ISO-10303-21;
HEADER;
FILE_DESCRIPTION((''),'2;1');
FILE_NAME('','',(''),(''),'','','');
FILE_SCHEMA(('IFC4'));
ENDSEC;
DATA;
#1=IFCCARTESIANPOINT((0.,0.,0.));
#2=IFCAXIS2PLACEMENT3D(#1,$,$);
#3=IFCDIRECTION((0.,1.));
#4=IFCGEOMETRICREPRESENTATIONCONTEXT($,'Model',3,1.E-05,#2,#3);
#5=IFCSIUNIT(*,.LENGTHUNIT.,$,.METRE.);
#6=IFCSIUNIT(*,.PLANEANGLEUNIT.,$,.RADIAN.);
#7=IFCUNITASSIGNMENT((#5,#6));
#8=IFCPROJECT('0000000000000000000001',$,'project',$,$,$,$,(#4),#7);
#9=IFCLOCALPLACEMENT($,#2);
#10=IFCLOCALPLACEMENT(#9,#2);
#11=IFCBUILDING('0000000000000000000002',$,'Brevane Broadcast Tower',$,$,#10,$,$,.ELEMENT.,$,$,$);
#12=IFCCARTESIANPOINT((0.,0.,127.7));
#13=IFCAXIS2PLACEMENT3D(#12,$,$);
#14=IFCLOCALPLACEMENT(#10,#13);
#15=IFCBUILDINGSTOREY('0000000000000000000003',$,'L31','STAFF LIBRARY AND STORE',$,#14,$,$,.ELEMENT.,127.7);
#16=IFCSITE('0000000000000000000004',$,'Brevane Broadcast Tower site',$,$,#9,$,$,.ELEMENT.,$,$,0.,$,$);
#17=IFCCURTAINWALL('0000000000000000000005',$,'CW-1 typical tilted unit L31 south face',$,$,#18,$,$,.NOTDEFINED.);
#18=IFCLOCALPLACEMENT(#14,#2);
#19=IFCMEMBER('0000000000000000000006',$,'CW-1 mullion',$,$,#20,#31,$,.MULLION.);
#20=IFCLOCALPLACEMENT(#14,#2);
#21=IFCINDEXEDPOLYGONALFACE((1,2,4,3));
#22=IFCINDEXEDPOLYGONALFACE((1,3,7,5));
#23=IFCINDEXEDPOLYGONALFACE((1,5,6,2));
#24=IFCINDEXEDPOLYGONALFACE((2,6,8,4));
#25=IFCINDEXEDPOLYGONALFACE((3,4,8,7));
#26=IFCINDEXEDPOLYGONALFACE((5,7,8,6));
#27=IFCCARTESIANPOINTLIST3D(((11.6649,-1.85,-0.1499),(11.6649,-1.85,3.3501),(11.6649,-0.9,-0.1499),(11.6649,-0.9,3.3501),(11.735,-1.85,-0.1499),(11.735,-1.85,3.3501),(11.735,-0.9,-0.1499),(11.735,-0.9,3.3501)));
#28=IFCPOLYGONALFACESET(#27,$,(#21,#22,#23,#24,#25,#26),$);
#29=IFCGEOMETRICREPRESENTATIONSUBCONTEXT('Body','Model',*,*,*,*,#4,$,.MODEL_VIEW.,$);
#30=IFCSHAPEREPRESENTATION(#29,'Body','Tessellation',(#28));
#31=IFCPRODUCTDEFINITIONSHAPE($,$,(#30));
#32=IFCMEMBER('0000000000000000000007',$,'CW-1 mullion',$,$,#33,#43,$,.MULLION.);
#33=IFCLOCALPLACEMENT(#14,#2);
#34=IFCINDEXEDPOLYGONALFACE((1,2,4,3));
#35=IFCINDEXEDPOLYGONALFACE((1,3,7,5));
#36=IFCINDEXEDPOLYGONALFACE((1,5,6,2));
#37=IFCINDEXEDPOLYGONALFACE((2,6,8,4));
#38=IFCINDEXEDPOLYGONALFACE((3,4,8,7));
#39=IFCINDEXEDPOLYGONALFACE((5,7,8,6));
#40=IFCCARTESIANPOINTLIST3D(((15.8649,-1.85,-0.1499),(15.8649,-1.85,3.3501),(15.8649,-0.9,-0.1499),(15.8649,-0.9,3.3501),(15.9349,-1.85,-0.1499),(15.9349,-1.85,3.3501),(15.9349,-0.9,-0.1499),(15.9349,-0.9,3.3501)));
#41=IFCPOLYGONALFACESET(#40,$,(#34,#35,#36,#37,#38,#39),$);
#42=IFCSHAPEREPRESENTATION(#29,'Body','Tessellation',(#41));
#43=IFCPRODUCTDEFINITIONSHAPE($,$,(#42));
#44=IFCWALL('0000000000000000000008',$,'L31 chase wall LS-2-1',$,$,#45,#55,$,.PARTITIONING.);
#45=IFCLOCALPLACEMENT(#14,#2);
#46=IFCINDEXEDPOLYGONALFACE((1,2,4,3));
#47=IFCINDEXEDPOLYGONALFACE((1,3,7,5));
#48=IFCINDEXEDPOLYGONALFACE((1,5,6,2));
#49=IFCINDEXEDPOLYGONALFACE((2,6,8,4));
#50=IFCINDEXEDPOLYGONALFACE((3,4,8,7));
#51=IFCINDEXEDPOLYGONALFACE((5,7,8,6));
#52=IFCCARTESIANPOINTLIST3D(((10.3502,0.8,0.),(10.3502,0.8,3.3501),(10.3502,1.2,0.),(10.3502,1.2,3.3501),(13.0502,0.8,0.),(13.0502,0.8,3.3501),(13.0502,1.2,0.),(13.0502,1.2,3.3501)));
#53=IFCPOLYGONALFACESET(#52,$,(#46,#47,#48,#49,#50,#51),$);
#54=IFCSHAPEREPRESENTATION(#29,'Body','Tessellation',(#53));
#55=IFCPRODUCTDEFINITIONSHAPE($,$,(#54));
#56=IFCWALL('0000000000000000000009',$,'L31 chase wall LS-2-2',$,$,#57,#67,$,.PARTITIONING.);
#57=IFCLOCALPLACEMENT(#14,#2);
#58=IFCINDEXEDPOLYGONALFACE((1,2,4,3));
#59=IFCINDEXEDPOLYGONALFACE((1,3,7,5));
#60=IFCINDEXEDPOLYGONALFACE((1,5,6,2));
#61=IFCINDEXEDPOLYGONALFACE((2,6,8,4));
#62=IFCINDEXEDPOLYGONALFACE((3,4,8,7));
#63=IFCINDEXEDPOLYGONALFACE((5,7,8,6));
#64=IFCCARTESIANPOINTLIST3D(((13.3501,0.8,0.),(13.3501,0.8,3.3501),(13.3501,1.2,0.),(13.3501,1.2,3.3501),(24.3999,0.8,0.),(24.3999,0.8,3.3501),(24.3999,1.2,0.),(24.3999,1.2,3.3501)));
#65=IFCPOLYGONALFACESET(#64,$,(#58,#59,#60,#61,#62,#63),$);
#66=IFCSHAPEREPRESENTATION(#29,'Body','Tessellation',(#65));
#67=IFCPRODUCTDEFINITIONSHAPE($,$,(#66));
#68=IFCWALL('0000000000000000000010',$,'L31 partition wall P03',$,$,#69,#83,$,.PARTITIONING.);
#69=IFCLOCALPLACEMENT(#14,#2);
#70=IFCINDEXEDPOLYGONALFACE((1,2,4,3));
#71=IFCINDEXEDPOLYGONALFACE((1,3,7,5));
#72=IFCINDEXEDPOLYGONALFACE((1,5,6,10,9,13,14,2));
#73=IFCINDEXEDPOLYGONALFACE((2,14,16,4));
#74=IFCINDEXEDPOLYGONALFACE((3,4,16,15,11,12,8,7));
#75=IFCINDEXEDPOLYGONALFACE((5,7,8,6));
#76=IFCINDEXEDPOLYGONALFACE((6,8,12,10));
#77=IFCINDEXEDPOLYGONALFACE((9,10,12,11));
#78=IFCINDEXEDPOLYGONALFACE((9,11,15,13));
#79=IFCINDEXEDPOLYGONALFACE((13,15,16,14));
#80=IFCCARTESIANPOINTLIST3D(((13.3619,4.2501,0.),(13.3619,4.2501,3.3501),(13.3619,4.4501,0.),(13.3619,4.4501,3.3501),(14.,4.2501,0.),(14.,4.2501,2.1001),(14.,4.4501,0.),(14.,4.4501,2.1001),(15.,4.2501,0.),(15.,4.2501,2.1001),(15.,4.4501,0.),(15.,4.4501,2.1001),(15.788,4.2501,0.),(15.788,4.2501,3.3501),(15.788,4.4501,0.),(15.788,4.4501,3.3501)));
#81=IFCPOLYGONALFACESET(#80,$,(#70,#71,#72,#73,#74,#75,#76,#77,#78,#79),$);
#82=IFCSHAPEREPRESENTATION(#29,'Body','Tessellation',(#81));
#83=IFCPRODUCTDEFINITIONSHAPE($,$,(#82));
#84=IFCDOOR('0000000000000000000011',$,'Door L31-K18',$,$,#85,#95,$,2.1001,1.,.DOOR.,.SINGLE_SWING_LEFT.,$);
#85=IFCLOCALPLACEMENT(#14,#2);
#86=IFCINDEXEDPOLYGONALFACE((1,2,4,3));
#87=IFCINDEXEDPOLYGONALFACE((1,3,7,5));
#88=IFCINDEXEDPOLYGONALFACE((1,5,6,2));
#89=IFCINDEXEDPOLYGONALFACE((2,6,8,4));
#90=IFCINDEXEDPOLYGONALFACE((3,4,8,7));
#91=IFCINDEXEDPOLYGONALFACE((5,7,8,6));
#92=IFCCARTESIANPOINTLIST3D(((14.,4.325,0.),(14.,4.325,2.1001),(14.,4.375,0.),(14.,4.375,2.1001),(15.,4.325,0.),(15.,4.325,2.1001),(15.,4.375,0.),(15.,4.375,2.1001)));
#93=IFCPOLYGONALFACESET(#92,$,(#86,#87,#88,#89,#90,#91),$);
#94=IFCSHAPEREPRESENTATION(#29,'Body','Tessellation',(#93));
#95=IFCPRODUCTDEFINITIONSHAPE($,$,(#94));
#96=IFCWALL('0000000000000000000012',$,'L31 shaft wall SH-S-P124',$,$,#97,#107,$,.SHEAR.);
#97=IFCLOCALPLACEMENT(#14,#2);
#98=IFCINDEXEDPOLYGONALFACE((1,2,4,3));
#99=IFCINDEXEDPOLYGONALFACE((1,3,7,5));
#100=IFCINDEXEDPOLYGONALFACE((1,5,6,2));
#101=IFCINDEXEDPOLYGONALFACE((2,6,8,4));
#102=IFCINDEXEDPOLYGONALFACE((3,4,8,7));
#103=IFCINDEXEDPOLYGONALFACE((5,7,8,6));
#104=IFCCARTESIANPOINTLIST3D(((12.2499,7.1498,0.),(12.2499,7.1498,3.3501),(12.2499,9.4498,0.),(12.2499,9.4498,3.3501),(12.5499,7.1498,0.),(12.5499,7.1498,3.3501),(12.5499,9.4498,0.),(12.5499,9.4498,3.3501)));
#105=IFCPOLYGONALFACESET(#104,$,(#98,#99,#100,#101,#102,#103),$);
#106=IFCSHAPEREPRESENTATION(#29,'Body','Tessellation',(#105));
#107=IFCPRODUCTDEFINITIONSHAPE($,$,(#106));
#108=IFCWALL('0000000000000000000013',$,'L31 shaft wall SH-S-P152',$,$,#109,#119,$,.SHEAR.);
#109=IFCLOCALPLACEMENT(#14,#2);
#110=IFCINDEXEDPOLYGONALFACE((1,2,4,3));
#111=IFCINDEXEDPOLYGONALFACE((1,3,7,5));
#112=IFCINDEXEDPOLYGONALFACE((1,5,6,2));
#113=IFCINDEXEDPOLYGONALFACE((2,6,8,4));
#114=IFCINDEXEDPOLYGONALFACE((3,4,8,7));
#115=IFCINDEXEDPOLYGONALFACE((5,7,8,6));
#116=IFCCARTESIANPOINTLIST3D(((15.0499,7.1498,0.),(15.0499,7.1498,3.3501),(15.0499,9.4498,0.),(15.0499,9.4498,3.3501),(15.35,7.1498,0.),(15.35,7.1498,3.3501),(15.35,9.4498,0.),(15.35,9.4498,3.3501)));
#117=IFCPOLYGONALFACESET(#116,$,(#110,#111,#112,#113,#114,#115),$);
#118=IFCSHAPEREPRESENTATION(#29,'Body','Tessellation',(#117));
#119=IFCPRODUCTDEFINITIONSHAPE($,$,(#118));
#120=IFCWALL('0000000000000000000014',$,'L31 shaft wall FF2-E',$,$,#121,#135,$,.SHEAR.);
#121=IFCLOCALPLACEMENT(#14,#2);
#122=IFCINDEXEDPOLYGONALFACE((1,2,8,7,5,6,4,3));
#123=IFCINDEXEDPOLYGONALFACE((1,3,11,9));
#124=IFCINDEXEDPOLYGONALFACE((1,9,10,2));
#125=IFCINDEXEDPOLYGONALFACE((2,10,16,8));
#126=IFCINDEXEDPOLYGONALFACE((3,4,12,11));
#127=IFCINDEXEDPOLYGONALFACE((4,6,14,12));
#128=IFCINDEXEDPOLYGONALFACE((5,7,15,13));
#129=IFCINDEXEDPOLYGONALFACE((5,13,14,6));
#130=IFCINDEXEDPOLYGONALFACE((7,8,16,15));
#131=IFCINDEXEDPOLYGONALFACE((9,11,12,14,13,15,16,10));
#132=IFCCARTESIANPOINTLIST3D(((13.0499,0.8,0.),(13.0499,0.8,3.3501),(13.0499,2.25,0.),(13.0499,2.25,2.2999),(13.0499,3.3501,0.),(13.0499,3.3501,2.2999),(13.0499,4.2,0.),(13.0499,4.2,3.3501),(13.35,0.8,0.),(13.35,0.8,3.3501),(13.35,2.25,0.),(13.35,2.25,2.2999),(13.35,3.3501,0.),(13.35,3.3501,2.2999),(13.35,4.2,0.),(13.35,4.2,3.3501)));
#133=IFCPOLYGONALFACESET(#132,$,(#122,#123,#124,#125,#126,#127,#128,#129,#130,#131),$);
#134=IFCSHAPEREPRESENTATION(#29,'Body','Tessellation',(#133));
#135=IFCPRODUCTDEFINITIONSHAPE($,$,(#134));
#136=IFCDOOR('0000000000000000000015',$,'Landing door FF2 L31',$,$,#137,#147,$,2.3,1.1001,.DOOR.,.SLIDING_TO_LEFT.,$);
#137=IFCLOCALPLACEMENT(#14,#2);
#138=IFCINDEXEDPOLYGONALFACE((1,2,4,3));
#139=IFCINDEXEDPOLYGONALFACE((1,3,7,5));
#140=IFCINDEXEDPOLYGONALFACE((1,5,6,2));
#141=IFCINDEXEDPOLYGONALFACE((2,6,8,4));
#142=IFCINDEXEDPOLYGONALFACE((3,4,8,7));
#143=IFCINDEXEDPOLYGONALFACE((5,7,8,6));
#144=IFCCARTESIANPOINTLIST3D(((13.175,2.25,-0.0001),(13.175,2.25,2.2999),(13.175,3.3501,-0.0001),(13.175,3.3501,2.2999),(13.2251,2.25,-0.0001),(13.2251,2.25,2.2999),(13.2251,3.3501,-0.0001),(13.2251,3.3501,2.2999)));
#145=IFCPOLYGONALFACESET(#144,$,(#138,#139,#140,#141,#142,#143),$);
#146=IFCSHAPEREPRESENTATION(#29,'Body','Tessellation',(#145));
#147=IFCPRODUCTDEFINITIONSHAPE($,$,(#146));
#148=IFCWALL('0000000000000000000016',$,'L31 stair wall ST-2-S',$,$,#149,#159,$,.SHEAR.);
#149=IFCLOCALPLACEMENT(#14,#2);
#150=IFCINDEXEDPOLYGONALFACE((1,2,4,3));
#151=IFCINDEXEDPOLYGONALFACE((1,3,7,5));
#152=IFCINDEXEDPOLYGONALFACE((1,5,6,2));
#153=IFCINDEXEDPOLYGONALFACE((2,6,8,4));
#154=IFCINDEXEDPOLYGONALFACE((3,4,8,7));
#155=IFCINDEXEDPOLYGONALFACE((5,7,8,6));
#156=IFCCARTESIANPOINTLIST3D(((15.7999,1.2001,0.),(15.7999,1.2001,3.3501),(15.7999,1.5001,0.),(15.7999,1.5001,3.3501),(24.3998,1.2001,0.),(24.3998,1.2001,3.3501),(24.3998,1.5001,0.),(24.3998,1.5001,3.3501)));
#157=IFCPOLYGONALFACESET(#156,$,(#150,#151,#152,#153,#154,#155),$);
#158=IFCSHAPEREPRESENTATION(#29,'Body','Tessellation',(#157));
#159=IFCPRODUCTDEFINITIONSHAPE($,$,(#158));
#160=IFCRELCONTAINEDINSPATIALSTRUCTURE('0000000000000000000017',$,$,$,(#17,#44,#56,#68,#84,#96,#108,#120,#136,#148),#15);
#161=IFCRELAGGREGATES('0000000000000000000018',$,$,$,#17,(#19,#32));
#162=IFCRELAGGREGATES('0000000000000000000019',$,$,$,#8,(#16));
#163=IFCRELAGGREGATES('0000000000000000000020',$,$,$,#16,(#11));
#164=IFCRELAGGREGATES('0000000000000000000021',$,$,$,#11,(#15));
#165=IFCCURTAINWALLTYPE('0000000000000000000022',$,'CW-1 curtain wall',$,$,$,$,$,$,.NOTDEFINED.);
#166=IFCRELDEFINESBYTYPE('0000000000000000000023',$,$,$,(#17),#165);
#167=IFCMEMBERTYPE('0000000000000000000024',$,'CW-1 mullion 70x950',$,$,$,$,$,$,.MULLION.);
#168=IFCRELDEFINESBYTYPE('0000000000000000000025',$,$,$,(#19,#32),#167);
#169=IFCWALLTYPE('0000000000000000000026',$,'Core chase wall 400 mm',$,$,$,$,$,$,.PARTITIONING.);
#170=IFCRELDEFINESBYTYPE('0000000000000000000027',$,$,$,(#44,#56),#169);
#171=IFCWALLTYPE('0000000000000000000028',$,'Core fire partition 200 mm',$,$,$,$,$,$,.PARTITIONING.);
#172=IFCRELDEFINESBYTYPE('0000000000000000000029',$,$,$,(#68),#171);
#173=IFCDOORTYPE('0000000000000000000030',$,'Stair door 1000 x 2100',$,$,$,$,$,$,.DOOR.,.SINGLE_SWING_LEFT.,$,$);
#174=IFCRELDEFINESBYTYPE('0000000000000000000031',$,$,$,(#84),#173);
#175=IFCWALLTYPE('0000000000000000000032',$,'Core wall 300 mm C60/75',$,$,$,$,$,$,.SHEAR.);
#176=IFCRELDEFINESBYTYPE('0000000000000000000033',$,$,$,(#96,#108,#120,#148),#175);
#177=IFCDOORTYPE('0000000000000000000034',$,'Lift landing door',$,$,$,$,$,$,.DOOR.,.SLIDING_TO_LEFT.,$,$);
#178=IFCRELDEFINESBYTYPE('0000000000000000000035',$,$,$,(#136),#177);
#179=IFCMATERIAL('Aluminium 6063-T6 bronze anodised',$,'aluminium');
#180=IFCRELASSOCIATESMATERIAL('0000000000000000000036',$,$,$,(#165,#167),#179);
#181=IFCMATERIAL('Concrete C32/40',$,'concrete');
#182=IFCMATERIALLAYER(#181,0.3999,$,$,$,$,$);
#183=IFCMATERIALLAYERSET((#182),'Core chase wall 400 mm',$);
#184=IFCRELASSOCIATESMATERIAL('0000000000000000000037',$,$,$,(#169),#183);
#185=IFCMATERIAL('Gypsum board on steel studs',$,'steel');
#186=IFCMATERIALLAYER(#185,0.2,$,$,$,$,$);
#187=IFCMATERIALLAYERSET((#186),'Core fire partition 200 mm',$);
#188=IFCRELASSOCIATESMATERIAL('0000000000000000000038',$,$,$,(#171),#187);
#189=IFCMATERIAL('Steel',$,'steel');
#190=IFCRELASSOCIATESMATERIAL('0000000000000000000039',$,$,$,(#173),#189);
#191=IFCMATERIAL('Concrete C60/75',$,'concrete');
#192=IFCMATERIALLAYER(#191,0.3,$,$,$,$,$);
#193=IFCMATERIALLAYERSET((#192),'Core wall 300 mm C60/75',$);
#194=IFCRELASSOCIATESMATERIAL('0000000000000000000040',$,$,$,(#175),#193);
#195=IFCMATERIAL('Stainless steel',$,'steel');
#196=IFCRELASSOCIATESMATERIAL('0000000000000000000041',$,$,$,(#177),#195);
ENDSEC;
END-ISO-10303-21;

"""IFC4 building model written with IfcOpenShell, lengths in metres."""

from ifc_helpers import new_model, si_unit, direction, frame, frame_2d, origin, origin_2d, place, context, subcontext, project, spatial, rectangle, extrude, material, layer, layer_set, material_profile, profile_set, type_object, element, fill, aggregate, save


model = new_model("IFC4")

# Units and contexts
model_context = context("Model", 3, precision=1e-05, world=origin(), true_north=direction((0.0, 1.0)))
body_context = subcontext(model_context, "Body", "Model", "MODEL_VIEW")
ifc_project = project(units=[si_unit("LENGTHUNIT", "METRE"), si_unit("PLANEANGLEUNIT", "RADIAN")], contexts=[model_context])

# Site, building, storey
site_placement = place(None, origin())
site = spatial("IfcSite", under=ifc_project, at=site_placement, Name="Brevane Broadcast Tower site", CompositionType="ELEMENT", RefElevation=0.0)
building_placement = place(site_placement, origin())
building = spatial("IfcBuilding", under=site, at=building_placement, Name="Brevane Broadcast Tower", CompositionType="ELEMENT")
storey_placement = place(building_placement, frame((0.0, 0.0, 127.7)))
storey = spatial("IfcBuildingStorey", under=building, at=storey_placement, Name="L31", Description="STAFF LIBRARY AND STORE", CompositionType="ELEMENT", Elevation=127.7)

# Curtain wall, members
ifc_material_1 = material(Name="Aluminium 6063-T6 bronze anodised", Category="aluminium")
curtain_wall_type = type_object("IfcCurtainWallType", Name="CW-1 curtain wall", PredefinedType="NOTDEFINED", material=ifc_material_1)
curtain_wall_placement = place(storey_placement, origin())
curtain_wall = element("IfcCurtainWall", 1, at=curtain_wall_placement, inside=storey, type_object=curtain_wall_type, Name="CW-1 typical tilted unit L31 south face", PredefinedType="NOTDEFINED")
ifc_material_profile = material_profile(ifc_material_1, rectangle(XDim=0.95, YDim=0.0701, at=origin_2d()), Name="RECT 70x950")
ifc_profile_set = profile_set([ifc_material_profile], Name="Aluminium 6063-T6 bronze anodised")
member_type = type_object("IfcMemberType", Name="CW-1 mullion 70x950", PredefinedType="MULLION", material=ifc_profile_set)
member_1_placement = place(storey_placement, frame((11.7, -1.375, -0.1499), z_axis=(0.0, 0.0, 1.0), x_axis=(0.0, 1.0, 0.0)))
member_1 = element("IfcMember", 2, at=member_1_placement, type_object=member_type, Name="CW-1 mullion", PredefinedType="MULLION", context=body_context, shape_type="SweptSolid", body=[
    extrude(rectangle(XDim=0.95, YDim=0.0701, at=origin_2d()), origin(), (0.0, 0.0, 1.0), 3.5),
])
member_2_placement = place(storey_placement, frame((15.8999, -1.375, -0.1499), z_axis=(0.0, 0.0, 1.0), x_axis=(0.0, 1.0, 0.0)))
member_2 = element("IfcMember", 3, at=member_2_placement, type_object=member_type, Name="CW-1 mullion", PredefinedType="MULLION", context=body_context, shape_type="SweptSolid", body=[
    extrude(rectangle(XDim=0.95, YDim=0.0701, at=origin_2d()), origin(), (0.0, 0.0, 1.0), 3.5),
])
aggregate(curtain_wall, [member_1, member_2])

# Walls
ifc_material_2 = material(Name="Concrete C32/40", Category="concrete")
ifc_layer_1 = layer(ifc_material_2, 0.3999)
ifc_layer_set_1 = layer_set([ifc_layer_1], Name="Core chase wall 400 mm")
wall_type_1 = type_object("IfcWallType", Name="Core chase wall 400 mm", PredefinedType="PARTITIONING", material=ifc_layer_set_1)
wall_1_placement = place(storey_placement, frame((10.3501, 1.0, 0.0), z_axis=(0.0, 0.0, 1.0), x_axis=(1.0, 0.0, 0.0)))
element("IfcWall", 4, at=wall_1_placement, inside=storey, type_object=wall_type_1, Name="L31 chase wall LS-2-1", PredefinedType="PARTITIONING", context=body_context, shape_type="SweptSolid", body=[
    extrude(rectangle(XDim=2.7, YDim=0.3999, at=frame_2d((1.3501, 0.0))), origin(), (0.0, 0.0, 1.0), 3.3501),
])
wall_2_placement = place(storey_placement, frame((13.3501, 1.0, 0.0), z_axis=(0.0, 0.0, 1.0), x_axis=(1.0, 0.0, 0.0)))
element("IfcWall", 5, at=wall_2_placement, inside=storey, type_object=wall_type_1, Name="L31 chase wall LS-2-2", PredefinedType="PARTITIONING", context=body_context, shape_type="SweptSolid", body=[
    extrude(rectangle(XDim=11.0498, YDim=0.3999, at=frame_2d((5.5249, 0.0))), origin(), (0.0, 0.0, 1.0), 3.3501),
])

# Wall, opening, door
ifc_material_3 = material(Name="Gypsum board on steel studs", Category="steel")
ifc_layer_2 = layer(ifc_material_3, 0.2)
ifc_layer_set_2 = layer_set([ifc_layer_2], Name="Core fire partition 200 mm")
wall_type_2 = type_object("IfcWallType", Name="Core fire partition 200 mm", PredefinedType="PARTITIONING", material=ifc_layer_set_2)
wall_3_placement = place(storey_placement, frame((13.3621, 4.3501, 0.0), z_axis=(0.0, 0.0, 1.0), x_axis=(1.0, 0.0, 0.0)))
wall_3 = element("IfcWall", 6, at=wall_3_placement, inside=storey, type_object=wall_type_2, Name="L31 partition wall P03", PredefinedType="PARTITIONING", context=body_context, shape_type="SweptSolid", body=[
    extrude(rectangle(XDim=2.426, YDim=0.2, at=frame_2d((1.2129, 0.0))), origin(), (0.0, 0.0, 1.0), 3.3501),
])
opening_1_placement = place(wall_3_placement, frame((0.6379, 0.0, 0.0)))
opening_1 = element("IfcOpeningElement", 7, at=opening_1_placement, cuts=wall_3, PredefinedType="OPENING", context=body_context, shape_type="SweptSolid", body=[
    extrude(rectangle(XDim=1.0, YDim=2.1001, at=frame_2d((0.5, 1.05))), frame((0.0, 0.1099, 0.0), z_axis=(0.0, -1.0, 0.0), x_axis=(1.0, 0.0, 0.0)), (0.0, 0.0, 1.0), 0.22),
])
ifc_material_4 = material(Name="Steel", Category="steel")
door_type_1 = type_object("IfcDoorType", Name="Stair door 1000 x 2100", OperationType="SINGLE_SWING_LEFT", PredefinedType="DOOR", material=ifc_material_4)
door_1_placement = place(opening_1_placement, origin())
door_1 = element("IfcDoor", 8, at=door_1_placement, inside=storey, type_object=door_type_1, Name="Door L31-K18", OperationType="SINGLE_SWING_LEFT", OverallHeight=2.1001, OverallWidth=1.0, PredefinedType="DOOR", context=body_context, shape_type="SweptSolid", body=[
    extrude(rectangle(XDim=1.0, YDim=2.1001, at=frame_2d((0.5, 1.05))), frame((0.0, 0.0249, 0.0), z_axis=(0.0, -1.0, 0.0), x_axis=(1.0, 0.0, 0.0)), (0.0, 0.0, 1.0), 0.05),
])
fill(opening_1, door_1)

# Walls
ifc_material_5 = material(Name="Concrete C60/75", Category="concrete")
ifc_layer_3 = layer(ifc_material_5, 0.3)
ifc_layer_set_3 = layer_set([ifc_layer_3], Name="Core wall 300 mm C60/75")
wall_type_3 = type_object("IfcWallType", Name="Core wall 300 mm C60/75", PredefinedType="SHEAR", material=ifc_layer_set_3)
for number, where, z_axis, x_axis, name in (
    (9, (12.3999, 7.1499, 0.0), (0.0, 0.0, 1.0), (0.0, 1.0, 0.0), "L31 shaft wall SH-S-P124"),
    (10, (15.2, 7.1499, 0.0), (0.0, 0.0, 1.0), (0.0, 1.0, 0.0), "L31 shaft wall SH-S-P152"),
):
    element("IfcWall", number, at=place(storey_placement, frame(where, z_axis=z_axis, x_axis=x_axis)), inside=storey, type_object=wall_type_3, Name=name, PredefinedType="SHEAR", context=body_context, shape_type="SweptSolid", body=[
        extrude(rectangle(XDim=2.3, YDim=0.3, at=frame_2d((1.1499, 0.0))), origin(), (0.0, 0.0, 1.0), 3.3501),
    ])

# Wall, opening, door
wall_4_placement = place(storey_placement, frame((13.2, 0.8, 0.0), z_axis=(0.0, 0.0, 1.0), x_axis=(0.0, 1.0, 0.0)))
wall_4 = element("IfcWall", 11, at=wall_4_placement, inside=storey, type_object=wall_type_3, Name="L31 shaft wall FF2-E", PredefinedType="SHEAR", context=body_context, shape_type="SweptSolid", body=[
    extrude(rectangle(XDim=3.3999, YDim=0.3, at=frame_2d((1.7, 0.0))), origin(), (0.0, 0.0, 1.0), 3.3501),
])
opening_2_placement = place(wall_4_placement, frame((1.45, 0.0, 0.0)))
opening_2 = element("IfcOpeningElement", 12, at=opening_2_placement, cuts=wall_4, PredefinedType="OPENING", context=body_context, shape_type="SweptSolid", body=[
    extrude(rectangle(XDim=1.1001, YDim=2.3, at=frame_2d((0.55, 1.1499))), frame((0.0, 0.1599, 0.0), z_axis=(0.0, -1.0, 0.0), x_axis=(1.0, 0.0, 0.0)), (0.0, 0.0, 1.0), 0.3201),
])
ifc_material_6 = material(Name="Stainless steel", Category="steel")
door_type_2 = type_object("IfcDoorType", Name="Lift landing door", OperationType="SLIDING_TO_LEFT", PredefinedType="DOOR", material=ifc_material_6)
door_2_placement = place(opening_2_placement, origin())
door_2 = element("IfcDoor", 13, at=door_2_placement, inside=storey, type_object=door_type_2, Name="Landing door FF2 L31", OperationType="SLIDING_TO_LEFT", OverallHeight=2.3, OverallWidth=1.1001, PredefinedType="DOOR", context=body_context, shape_type="SweptSolid", body=[
    extrude(rectangle(XDim=1.1001, YDim=2.3, at=frame_2d((0.55, 1.1499))), frame((0.0, 0.0249, 0.0), z_axis=(0.0, -1.0, 0.0), x_axis=(1.0, 0.0, 0.0)), (0.0, 0.0, 1.0), 0.05),
])
fill(opening_2, door_2)

# Wall
wall_5_placement = place(storey_placement, frame((15.8, 1.3501, 0.0), z_axis=(0.0, 0.0, 1.0), x_axis=(1.0, 0.0, 0.0)))
element("IfcWall", 14, at=wall_5_placement, inside=storey, type_object=wall_type_3, Name="L31 stair wall ST-2-S", PredefinedType="SHEAR", context=body_context, shape_type="SweptSolid", body=[
    extrude(rectangle(XDim=8.5999, YDim=0.3, at=frame_2d((4.2998, 0.0))), origin(), (0.0, 0.0, 1.0), 3.3501),
])

save(model, "model.ifc")
